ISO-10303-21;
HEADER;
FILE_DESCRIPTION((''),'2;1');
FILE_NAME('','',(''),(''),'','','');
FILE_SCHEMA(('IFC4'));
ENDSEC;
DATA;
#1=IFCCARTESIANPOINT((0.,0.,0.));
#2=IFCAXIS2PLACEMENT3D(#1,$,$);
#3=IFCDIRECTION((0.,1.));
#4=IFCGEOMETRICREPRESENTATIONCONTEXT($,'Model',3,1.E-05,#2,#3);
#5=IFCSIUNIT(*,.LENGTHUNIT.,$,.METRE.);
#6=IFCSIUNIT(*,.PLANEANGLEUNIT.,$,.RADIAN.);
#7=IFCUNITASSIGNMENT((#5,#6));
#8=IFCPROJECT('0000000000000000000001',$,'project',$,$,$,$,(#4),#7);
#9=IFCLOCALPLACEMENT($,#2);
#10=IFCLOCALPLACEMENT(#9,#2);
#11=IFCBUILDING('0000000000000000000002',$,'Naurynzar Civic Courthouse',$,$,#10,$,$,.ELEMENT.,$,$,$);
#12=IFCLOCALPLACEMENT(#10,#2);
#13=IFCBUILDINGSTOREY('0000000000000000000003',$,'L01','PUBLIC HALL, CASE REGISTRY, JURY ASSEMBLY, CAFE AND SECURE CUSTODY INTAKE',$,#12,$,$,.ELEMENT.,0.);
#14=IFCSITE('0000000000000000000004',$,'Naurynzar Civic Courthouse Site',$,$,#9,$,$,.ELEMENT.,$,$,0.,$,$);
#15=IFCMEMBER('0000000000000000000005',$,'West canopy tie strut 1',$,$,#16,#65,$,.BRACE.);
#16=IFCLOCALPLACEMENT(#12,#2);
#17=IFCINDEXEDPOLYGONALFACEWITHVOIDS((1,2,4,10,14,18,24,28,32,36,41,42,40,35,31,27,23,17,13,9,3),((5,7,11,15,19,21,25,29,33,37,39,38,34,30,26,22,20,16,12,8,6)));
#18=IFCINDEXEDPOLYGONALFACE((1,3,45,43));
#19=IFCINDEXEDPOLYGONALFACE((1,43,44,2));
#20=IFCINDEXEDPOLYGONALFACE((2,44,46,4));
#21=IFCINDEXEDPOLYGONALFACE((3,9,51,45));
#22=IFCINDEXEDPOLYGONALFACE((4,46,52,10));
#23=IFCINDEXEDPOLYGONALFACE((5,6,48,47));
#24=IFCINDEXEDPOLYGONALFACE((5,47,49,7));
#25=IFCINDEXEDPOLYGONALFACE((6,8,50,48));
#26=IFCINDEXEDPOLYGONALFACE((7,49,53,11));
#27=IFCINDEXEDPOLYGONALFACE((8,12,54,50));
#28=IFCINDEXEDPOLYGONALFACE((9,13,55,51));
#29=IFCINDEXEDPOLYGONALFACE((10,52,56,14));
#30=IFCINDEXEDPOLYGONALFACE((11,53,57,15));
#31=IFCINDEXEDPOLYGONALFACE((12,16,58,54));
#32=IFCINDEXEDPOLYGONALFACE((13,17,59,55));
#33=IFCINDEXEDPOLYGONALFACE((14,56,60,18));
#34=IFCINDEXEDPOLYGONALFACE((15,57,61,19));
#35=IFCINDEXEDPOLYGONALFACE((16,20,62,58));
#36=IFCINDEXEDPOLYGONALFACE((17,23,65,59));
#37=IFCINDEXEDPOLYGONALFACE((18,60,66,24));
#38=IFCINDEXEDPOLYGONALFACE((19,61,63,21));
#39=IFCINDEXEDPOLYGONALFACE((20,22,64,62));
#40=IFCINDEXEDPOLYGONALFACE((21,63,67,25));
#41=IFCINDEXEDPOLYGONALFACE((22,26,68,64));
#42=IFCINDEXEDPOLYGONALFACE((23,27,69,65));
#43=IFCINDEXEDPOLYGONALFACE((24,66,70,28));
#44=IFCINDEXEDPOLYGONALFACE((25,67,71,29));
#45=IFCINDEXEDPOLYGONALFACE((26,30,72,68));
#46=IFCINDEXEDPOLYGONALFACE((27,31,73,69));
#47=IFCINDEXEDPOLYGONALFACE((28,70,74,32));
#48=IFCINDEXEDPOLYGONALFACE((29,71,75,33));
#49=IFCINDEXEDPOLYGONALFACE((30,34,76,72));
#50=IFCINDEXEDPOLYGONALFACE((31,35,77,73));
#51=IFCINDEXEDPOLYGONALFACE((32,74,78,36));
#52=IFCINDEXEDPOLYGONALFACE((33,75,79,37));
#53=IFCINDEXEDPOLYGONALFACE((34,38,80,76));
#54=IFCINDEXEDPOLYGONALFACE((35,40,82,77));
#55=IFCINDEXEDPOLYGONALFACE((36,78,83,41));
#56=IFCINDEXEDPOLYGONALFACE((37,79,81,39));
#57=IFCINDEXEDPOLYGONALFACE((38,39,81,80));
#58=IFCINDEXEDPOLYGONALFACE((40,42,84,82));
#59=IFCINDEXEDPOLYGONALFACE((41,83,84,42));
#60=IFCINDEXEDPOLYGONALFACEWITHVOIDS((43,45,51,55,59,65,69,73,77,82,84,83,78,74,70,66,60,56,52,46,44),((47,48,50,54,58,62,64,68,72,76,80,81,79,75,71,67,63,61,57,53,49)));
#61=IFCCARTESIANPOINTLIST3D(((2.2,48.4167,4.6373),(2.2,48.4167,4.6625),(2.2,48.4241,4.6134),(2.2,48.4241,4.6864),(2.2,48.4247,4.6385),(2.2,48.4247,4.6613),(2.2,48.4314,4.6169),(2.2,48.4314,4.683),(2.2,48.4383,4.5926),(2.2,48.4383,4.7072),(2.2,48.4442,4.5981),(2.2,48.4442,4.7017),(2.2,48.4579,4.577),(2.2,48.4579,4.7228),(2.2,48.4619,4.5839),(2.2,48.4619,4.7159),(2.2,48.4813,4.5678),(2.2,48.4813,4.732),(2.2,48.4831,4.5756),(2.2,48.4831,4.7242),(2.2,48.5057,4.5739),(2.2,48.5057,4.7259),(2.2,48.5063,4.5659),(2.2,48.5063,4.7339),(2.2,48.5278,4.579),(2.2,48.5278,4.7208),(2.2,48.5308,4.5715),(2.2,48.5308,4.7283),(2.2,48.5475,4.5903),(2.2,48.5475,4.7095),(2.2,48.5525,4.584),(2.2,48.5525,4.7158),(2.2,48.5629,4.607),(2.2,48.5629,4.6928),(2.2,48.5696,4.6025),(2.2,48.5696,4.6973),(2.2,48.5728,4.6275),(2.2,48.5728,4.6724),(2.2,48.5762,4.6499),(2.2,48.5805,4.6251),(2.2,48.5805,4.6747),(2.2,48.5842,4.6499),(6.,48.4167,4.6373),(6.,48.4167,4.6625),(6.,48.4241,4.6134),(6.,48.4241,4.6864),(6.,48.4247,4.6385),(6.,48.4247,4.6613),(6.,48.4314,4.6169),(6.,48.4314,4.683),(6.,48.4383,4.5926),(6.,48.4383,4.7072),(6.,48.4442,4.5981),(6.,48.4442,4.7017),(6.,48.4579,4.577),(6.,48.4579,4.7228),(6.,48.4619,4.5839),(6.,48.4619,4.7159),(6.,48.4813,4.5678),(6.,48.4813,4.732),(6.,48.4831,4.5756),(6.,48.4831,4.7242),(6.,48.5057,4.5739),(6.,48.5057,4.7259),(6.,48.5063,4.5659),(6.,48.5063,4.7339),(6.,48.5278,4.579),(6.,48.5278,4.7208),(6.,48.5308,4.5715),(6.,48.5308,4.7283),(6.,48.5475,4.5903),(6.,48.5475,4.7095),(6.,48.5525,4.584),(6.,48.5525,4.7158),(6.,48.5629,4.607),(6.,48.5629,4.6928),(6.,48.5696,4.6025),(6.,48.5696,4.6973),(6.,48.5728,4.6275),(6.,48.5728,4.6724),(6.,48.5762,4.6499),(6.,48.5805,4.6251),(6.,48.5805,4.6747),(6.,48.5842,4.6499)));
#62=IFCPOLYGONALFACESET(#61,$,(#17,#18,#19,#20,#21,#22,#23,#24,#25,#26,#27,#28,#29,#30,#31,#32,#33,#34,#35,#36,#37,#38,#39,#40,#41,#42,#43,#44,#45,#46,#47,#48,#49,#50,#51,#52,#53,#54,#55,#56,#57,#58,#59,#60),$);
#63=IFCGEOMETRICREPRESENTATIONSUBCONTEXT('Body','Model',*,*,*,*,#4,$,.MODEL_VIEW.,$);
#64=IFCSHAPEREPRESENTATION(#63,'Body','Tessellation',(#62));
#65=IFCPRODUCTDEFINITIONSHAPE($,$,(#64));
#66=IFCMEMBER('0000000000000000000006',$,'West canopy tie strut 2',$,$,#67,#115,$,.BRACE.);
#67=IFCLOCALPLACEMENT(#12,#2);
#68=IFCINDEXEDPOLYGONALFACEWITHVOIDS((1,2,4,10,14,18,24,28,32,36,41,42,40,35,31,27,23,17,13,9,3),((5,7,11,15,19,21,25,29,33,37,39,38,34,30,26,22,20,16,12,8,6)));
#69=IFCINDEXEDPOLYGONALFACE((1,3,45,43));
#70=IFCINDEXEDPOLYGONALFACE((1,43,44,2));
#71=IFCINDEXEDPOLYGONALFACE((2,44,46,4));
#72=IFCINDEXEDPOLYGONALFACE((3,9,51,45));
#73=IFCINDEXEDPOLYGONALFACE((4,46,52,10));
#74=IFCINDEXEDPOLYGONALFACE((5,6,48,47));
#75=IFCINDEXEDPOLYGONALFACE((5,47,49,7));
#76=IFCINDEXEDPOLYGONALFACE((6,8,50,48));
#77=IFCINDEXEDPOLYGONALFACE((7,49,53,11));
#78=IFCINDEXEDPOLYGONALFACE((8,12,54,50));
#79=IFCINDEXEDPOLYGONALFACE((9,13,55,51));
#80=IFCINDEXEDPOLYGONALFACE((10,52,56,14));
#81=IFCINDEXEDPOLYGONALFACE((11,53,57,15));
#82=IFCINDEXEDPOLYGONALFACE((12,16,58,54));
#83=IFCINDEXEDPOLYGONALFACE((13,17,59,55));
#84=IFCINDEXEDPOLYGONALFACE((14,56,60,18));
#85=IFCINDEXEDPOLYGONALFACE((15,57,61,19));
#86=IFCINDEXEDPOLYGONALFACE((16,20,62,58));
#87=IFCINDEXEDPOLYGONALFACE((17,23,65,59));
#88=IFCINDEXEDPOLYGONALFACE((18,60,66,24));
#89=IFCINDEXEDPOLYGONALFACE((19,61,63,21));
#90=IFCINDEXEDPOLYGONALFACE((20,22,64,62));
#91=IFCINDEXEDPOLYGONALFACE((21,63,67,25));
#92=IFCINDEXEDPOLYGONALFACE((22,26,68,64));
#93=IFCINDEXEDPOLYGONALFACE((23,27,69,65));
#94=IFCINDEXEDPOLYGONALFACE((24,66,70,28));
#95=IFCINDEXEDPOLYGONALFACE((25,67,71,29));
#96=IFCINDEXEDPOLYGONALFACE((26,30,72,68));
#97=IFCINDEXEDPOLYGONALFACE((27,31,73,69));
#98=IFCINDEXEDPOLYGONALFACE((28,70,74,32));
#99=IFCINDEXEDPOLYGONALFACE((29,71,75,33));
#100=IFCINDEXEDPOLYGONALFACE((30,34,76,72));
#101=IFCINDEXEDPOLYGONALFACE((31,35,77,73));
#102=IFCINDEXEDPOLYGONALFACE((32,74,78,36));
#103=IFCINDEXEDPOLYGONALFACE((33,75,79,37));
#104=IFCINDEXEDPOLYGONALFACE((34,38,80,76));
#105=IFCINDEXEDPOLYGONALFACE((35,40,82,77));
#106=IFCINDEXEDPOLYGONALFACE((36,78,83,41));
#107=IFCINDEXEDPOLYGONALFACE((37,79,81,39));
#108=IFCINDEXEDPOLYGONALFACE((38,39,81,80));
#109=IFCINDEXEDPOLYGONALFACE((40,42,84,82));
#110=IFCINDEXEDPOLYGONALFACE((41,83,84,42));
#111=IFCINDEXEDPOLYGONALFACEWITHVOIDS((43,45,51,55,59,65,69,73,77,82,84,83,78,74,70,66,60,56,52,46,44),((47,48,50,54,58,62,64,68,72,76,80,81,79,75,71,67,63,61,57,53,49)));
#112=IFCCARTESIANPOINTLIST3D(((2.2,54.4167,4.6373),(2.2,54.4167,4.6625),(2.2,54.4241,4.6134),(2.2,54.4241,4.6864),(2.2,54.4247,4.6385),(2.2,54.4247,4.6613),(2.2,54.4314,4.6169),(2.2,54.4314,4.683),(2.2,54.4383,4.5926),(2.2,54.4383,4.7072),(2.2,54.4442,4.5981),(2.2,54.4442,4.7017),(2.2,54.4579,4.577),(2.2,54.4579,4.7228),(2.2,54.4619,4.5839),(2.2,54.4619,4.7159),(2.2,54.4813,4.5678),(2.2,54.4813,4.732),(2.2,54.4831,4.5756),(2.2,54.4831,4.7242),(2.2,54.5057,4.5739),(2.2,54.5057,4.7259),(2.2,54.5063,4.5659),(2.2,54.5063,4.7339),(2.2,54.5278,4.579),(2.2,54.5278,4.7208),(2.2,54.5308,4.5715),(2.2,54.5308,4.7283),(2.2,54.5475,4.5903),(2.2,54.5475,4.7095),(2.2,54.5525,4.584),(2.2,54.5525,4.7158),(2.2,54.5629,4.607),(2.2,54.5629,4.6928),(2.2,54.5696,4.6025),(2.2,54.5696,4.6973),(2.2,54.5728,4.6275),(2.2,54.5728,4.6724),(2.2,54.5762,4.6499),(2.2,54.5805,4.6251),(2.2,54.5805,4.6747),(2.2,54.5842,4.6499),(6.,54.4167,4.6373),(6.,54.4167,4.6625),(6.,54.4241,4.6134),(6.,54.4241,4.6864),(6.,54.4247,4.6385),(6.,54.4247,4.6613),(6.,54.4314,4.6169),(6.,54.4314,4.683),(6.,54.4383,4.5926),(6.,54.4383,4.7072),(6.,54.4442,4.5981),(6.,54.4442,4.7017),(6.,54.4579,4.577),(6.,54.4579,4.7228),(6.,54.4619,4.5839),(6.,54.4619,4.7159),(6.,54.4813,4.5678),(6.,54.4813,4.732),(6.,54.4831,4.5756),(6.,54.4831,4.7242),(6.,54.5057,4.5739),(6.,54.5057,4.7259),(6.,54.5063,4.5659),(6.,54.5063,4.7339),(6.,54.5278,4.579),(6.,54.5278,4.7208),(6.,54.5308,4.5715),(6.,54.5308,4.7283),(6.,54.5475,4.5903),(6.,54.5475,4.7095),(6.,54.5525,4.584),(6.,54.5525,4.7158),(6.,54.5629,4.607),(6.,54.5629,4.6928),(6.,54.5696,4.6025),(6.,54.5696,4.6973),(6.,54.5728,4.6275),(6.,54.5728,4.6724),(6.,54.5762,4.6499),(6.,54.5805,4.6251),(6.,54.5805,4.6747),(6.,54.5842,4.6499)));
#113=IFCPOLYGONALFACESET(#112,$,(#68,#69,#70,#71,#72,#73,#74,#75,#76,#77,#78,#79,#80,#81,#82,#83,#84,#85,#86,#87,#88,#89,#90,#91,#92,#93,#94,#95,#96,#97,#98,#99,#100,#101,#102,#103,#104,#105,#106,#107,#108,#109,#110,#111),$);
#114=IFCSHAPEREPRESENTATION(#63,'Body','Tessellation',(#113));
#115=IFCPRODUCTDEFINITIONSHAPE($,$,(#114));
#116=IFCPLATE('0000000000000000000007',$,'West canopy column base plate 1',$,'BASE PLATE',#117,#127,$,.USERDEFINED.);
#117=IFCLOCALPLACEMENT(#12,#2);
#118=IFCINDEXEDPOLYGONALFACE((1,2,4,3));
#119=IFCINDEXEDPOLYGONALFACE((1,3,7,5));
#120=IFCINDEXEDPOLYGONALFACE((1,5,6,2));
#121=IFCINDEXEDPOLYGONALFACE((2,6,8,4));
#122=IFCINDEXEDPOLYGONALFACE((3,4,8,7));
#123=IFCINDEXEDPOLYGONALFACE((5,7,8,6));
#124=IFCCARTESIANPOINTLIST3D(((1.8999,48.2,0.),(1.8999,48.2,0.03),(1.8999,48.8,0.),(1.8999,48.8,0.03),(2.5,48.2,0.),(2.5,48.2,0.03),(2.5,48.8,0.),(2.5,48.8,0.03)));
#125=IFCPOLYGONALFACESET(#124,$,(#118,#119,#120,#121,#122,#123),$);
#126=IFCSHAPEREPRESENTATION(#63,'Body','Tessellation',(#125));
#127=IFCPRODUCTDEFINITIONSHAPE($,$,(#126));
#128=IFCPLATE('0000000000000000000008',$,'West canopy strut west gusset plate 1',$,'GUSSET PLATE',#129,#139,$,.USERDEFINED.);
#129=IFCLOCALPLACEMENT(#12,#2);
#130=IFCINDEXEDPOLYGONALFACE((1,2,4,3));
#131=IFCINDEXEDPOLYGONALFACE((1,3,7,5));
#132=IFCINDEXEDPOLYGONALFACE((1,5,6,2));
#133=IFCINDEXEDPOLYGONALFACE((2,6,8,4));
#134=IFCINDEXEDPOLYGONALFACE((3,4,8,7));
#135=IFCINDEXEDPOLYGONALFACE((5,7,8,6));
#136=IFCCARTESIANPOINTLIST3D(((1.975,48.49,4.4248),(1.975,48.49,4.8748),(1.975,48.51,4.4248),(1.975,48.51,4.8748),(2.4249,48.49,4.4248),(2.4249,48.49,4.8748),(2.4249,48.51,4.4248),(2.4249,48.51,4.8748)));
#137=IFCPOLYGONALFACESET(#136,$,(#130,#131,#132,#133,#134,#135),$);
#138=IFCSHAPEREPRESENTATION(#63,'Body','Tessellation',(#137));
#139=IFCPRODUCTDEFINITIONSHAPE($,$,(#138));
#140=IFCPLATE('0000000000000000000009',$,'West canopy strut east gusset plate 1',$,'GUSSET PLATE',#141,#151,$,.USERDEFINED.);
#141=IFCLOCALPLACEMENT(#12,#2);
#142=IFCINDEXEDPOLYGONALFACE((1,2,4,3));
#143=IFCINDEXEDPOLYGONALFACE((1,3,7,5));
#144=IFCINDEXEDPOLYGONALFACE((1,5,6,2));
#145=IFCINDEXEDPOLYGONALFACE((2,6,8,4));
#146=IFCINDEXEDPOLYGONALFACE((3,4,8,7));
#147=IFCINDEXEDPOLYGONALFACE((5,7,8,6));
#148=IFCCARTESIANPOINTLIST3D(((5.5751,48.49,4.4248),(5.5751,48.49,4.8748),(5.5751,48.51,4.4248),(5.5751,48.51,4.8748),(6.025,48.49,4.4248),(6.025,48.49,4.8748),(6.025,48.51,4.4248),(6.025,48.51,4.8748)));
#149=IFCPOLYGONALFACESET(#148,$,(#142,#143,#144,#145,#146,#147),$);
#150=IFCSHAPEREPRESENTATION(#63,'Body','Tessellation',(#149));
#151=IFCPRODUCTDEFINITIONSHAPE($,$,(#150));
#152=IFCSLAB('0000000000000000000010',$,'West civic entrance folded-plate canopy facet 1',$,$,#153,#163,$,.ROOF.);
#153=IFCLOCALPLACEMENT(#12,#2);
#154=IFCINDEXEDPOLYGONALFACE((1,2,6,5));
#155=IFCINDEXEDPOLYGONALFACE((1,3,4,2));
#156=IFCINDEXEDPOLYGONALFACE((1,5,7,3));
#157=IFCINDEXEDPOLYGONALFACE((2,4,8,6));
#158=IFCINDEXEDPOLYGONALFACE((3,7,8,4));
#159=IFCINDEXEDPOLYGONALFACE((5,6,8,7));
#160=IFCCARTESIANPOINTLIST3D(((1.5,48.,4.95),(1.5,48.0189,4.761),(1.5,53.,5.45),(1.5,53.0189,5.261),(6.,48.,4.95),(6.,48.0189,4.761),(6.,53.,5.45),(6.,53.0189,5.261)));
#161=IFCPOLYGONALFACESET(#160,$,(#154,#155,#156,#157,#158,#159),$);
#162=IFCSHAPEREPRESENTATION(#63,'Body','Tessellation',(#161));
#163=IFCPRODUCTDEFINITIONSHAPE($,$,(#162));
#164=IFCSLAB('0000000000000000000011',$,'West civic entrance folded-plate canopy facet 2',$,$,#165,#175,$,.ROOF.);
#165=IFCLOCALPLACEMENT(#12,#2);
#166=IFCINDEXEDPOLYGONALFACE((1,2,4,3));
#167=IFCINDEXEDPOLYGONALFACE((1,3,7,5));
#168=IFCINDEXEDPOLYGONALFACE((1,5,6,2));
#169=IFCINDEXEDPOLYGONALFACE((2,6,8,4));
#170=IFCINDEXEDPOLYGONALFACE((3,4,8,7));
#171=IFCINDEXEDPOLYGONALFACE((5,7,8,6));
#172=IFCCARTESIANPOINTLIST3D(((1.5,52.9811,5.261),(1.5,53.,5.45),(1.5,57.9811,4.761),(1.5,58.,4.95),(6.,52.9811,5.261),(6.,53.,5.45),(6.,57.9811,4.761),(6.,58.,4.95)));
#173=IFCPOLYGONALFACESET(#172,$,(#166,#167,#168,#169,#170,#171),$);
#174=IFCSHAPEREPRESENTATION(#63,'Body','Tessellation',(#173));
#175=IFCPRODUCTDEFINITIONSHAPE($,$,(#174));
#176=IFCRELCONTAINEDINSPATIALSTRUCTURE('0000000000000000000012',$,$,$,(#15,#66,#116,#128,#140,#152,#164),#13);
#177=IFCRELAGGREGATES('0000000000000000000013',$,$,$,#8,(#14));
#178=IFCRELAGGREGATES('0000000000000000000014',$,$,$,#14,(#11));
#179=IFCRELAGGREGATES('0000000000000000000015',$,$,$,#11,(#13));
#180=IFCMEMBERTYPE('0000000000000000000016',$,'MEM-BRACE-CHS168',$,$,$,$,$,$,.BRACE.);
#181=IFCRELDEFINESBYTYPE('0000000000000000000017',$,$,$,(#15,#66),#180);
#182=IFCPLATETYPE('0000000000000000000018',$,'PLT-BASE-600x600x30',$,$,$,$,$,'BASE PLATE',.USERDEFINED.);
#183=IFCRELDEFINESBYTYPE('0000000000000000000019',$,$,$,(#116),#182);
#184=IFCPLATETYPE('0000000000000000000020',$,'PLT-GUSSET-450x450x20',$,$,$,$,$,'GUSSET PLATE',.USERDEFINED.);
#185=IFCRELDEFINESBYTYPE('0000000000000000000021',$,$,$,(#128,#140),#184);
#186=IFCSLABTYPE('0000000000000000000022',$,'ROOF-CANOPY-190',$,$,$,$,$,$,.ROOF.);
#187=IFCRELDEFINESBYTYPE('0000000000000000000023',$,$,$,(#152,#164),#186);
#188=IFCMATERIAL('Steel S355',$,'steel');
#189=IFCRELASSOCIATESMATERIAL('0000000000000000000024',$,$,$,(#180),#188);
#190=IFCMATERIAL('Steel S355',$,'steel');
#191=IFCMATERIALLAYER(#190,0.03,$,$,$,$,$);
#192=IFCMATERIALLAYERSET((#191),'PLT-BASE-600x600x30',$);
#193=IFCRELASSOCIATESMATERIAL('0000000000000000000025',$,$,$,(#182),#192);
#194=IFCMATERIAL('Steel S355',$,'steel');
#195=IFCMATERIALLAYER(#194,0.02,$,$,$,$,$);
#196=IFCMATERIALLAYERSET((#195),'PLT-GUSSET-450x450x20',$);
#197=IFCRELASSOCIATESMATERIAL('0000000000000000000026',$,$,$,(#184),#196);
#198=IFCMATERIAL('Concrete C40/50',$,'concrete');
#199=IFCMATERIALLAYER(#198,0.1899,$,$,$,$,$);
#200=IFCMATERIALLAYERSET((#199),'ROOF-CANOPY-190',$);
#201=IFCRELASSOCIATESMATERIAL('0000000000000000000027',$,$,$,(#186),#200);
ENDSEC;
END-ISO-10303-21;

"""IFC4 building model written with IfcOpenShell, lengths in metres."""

from ifc_helpers import new_model, si_unit, direction, frame, origin, origin_2d, place, context, subcontext, project, spatial, polyline, rectangle, hollow_circle, outline, extrude, material, layer, layer_set, material_profile, profile_set, type_object, element, save


model = new_model("IFC4")

# Units and contexts
model_context = context("Model", 3, precision=1e-05, world=origin(), true_north=direction((0.0, 1.0)))
body_context = subcontext(model_context, "Body", "Model", "MODEL_VIEW")
ifc_project = project(units=[si_unit("LENGTHUNIT", "METRE"), si_unit("PLANEANGLEUNIT", "RADIAN")], contexts=[model_context])

# Site, building, storey
site_placement = place(None, origin())
site = spatial("IfcSite", under=ifc_project, at=site_placement, Name="Naurynzar Civic Courthouse Site", CompositionType="ELEMENT", RefElevation=0.0)
building_placement = place(site_placement, origin())
building = spatial("IfcBuilding", under=site, at=building_placement, Name="Naurynzar Civic Courthouse", CompositionType="ELEMENT")
storey_placement = place(building_placement, origin())
storey = spatial("IfcBuildingStorey", under=building, at=storey_placement, Name="L01", Description="PUBLIC HALL, CASE REGISTRY, JURY ASSEMBLY, CAFE AND SECURE CUSTODY INTAKE", CompositionType="ELEMENT", Elevation=0.0)

# Members
ifc_material_1 = material(Name="Steel S355", Category="steel")
ifc_material_profile_1 = material_profile(ifc_material_1, hollow_circle(Radius=0.0842, WallThickness=0.0081, at=origin_2d()), Name="CHS 168.3x8")
ifc_profile_set_1 = profile_set([ifc_material_profile_1], Name="Steel S355")
member_type = type_object("IfcMemberType", Name="MEM-BRACE-CHS168", PredefinedType="BRACE", material=ifc_profile_set_1)
for number, where, z_axis, x_axis, name in (
    (1, (2.2, 48.5, 4.6499), (1.0, 0.0, 0.0), (0.0, 1.0, 0.0), "West canopy tie strut 1"),
    (2, (2.2, 54.5, 4.6499), (1.0, 0.0, 0.0), (0.0, 1.0, 0.0), "West canopy tie strut 2"),
):
    element("IfcMember", number, at=place(storey_placement, frame(where, z_axis=z_axis, x_axis=x_axis)), inside=storey, type_object=member_type, Name=name, PredefinedType="BRACE", context=body_context, shape_type="SweptSolid", body=[
        extrude(hollow_circle(Radius=0.0842, WallThickness=0.0081, at=origin_2d()), origin(), (0.0, 0.0, 1.0), 3.8),
    ])

# Plates
ifc_material_2 = material(Name="Steel S355", Category="steel")
ifc_layer_1 = layer(ifc_material_2, 0.03)
ifc_layer_set_1 = layer_set([ifc_layer_1], Name="PLT-BASE-600x600x30")
plate_type_1 = type_object("IfcPlateType", Name="PLT-BASE-600x600x30", ElementType="BASE PLATE", PredefinedType="USERDEFINED", material=ifc_layer_set_1)
plate_placement = place(storey_placement, frame((2.2, 48.5, 0.0), z_axis=(0.0, 0.0, 1.0), x_axis=(1.0, 0.0, 0.0)))
element("IfcPlate", 3, at=plate_placement, inside=storey, type_object=plate_type_1, Name="West canopy column base plate 1", ObjectType="BASE PLATE", PredefinedType="USERDEFINED", context=body_context, shape_type="SweptSolid", body=[
    extrude(rectangle(XDim=0.6001, YDim=0.6001, at=origin_2d()), origin(), (0.0, 0.0, 1.0), 0.03),
])
ifc_material_3 = material(Name="Steel S355", Category="steel")
ifc_layer_2 = layer(ifc_material_3, 0.02)
ifc_layer_set_2 = layer_set([ifc_layer_2], Name="PLT-GUSSET-450x450x20")
plate_type_2 = type_object("IfcPlateType", Name="PLT-GUSSET-450x450x20", ElementType="GUSSET PLATE", PredefinedType="USERDEFINED", material=ifc_layer_set_2)
for number, where, z_axis, x_axis, name in (
    (4, (2.2, 48.5, 4.4248), (0.0, 0.0, 1.0), (1.0, 0.0, 0.0), "West canopy strut west gusset plate 1"),
    (5, (5.8, 48.5, 4.4248), (0.0, 0.0, 1.0), (1.0, 0.0, 0.0), "West canopy strut east gusset plate 1"),
):
    element("IfcPlate", number, at=place(storey_placement, frame(where, z_axis=z_axis, x_axis=x_axis)), inside=storey, type_object=plate_type_2, Name=name, ObjectType="GUSSET PLATE", PredefinedType="USERDEFINED", context=body_context, shape_type="SweptSolid", body=[
        extrude(rectangle(XDim=0.45, YDim=0.02, at=origin_2d()), origin(), (0.0, 0.0, 1.0), 0.45),
    ])

# Slabs
ifc_material_4 = material(Name="Concrete C40/50", Category="concrete")
ifc_layer_3 = layer(ifc_material_4, 0.1899)
ifc_layer_set_3 = layer_set([ifc_layer_3], Name="ROOF-CANOPY-190")
slab_type = type_object("IfcSlabType", Name="ROOF-CANOPY-190", PredefinedType="ROOF", material=ifc_layer_set_3)
for number, where, z_axis, x_axis, name in (
    (6, (1.5, 48.0, 4.95), (0.0, -0.099504, 0.995037), (1.0, 0.0, 0.0), "West civic entrance folded-plate canopy facet 1"),
    (7, (1.5, 53.0, 5.45), (0.0, 0.099504, 0.995037), (1.0, 0.0, 0.0), "West civic entrance folded-plate canopy facet 2"),
):
    element("IfcSlab", number, at=place(storey_placement, frame(where, z_axis=z_axis, x_axis=x_axis)), inside=storey, type_object=slab_type, Name=name, PredefinedType="ROOF", context=body_context, shape_type="SweptSolid", body=[
        extrude(outline(polyline([(0.0, 0.0), (4.5, 0.0), (4.5, 5.0249), (0.0, 5.0249), (0.0, 0.0)])), origin(), (0.0, 0.0, -1.0), 0.1899),
    ])

save(model, "model.ifc")
